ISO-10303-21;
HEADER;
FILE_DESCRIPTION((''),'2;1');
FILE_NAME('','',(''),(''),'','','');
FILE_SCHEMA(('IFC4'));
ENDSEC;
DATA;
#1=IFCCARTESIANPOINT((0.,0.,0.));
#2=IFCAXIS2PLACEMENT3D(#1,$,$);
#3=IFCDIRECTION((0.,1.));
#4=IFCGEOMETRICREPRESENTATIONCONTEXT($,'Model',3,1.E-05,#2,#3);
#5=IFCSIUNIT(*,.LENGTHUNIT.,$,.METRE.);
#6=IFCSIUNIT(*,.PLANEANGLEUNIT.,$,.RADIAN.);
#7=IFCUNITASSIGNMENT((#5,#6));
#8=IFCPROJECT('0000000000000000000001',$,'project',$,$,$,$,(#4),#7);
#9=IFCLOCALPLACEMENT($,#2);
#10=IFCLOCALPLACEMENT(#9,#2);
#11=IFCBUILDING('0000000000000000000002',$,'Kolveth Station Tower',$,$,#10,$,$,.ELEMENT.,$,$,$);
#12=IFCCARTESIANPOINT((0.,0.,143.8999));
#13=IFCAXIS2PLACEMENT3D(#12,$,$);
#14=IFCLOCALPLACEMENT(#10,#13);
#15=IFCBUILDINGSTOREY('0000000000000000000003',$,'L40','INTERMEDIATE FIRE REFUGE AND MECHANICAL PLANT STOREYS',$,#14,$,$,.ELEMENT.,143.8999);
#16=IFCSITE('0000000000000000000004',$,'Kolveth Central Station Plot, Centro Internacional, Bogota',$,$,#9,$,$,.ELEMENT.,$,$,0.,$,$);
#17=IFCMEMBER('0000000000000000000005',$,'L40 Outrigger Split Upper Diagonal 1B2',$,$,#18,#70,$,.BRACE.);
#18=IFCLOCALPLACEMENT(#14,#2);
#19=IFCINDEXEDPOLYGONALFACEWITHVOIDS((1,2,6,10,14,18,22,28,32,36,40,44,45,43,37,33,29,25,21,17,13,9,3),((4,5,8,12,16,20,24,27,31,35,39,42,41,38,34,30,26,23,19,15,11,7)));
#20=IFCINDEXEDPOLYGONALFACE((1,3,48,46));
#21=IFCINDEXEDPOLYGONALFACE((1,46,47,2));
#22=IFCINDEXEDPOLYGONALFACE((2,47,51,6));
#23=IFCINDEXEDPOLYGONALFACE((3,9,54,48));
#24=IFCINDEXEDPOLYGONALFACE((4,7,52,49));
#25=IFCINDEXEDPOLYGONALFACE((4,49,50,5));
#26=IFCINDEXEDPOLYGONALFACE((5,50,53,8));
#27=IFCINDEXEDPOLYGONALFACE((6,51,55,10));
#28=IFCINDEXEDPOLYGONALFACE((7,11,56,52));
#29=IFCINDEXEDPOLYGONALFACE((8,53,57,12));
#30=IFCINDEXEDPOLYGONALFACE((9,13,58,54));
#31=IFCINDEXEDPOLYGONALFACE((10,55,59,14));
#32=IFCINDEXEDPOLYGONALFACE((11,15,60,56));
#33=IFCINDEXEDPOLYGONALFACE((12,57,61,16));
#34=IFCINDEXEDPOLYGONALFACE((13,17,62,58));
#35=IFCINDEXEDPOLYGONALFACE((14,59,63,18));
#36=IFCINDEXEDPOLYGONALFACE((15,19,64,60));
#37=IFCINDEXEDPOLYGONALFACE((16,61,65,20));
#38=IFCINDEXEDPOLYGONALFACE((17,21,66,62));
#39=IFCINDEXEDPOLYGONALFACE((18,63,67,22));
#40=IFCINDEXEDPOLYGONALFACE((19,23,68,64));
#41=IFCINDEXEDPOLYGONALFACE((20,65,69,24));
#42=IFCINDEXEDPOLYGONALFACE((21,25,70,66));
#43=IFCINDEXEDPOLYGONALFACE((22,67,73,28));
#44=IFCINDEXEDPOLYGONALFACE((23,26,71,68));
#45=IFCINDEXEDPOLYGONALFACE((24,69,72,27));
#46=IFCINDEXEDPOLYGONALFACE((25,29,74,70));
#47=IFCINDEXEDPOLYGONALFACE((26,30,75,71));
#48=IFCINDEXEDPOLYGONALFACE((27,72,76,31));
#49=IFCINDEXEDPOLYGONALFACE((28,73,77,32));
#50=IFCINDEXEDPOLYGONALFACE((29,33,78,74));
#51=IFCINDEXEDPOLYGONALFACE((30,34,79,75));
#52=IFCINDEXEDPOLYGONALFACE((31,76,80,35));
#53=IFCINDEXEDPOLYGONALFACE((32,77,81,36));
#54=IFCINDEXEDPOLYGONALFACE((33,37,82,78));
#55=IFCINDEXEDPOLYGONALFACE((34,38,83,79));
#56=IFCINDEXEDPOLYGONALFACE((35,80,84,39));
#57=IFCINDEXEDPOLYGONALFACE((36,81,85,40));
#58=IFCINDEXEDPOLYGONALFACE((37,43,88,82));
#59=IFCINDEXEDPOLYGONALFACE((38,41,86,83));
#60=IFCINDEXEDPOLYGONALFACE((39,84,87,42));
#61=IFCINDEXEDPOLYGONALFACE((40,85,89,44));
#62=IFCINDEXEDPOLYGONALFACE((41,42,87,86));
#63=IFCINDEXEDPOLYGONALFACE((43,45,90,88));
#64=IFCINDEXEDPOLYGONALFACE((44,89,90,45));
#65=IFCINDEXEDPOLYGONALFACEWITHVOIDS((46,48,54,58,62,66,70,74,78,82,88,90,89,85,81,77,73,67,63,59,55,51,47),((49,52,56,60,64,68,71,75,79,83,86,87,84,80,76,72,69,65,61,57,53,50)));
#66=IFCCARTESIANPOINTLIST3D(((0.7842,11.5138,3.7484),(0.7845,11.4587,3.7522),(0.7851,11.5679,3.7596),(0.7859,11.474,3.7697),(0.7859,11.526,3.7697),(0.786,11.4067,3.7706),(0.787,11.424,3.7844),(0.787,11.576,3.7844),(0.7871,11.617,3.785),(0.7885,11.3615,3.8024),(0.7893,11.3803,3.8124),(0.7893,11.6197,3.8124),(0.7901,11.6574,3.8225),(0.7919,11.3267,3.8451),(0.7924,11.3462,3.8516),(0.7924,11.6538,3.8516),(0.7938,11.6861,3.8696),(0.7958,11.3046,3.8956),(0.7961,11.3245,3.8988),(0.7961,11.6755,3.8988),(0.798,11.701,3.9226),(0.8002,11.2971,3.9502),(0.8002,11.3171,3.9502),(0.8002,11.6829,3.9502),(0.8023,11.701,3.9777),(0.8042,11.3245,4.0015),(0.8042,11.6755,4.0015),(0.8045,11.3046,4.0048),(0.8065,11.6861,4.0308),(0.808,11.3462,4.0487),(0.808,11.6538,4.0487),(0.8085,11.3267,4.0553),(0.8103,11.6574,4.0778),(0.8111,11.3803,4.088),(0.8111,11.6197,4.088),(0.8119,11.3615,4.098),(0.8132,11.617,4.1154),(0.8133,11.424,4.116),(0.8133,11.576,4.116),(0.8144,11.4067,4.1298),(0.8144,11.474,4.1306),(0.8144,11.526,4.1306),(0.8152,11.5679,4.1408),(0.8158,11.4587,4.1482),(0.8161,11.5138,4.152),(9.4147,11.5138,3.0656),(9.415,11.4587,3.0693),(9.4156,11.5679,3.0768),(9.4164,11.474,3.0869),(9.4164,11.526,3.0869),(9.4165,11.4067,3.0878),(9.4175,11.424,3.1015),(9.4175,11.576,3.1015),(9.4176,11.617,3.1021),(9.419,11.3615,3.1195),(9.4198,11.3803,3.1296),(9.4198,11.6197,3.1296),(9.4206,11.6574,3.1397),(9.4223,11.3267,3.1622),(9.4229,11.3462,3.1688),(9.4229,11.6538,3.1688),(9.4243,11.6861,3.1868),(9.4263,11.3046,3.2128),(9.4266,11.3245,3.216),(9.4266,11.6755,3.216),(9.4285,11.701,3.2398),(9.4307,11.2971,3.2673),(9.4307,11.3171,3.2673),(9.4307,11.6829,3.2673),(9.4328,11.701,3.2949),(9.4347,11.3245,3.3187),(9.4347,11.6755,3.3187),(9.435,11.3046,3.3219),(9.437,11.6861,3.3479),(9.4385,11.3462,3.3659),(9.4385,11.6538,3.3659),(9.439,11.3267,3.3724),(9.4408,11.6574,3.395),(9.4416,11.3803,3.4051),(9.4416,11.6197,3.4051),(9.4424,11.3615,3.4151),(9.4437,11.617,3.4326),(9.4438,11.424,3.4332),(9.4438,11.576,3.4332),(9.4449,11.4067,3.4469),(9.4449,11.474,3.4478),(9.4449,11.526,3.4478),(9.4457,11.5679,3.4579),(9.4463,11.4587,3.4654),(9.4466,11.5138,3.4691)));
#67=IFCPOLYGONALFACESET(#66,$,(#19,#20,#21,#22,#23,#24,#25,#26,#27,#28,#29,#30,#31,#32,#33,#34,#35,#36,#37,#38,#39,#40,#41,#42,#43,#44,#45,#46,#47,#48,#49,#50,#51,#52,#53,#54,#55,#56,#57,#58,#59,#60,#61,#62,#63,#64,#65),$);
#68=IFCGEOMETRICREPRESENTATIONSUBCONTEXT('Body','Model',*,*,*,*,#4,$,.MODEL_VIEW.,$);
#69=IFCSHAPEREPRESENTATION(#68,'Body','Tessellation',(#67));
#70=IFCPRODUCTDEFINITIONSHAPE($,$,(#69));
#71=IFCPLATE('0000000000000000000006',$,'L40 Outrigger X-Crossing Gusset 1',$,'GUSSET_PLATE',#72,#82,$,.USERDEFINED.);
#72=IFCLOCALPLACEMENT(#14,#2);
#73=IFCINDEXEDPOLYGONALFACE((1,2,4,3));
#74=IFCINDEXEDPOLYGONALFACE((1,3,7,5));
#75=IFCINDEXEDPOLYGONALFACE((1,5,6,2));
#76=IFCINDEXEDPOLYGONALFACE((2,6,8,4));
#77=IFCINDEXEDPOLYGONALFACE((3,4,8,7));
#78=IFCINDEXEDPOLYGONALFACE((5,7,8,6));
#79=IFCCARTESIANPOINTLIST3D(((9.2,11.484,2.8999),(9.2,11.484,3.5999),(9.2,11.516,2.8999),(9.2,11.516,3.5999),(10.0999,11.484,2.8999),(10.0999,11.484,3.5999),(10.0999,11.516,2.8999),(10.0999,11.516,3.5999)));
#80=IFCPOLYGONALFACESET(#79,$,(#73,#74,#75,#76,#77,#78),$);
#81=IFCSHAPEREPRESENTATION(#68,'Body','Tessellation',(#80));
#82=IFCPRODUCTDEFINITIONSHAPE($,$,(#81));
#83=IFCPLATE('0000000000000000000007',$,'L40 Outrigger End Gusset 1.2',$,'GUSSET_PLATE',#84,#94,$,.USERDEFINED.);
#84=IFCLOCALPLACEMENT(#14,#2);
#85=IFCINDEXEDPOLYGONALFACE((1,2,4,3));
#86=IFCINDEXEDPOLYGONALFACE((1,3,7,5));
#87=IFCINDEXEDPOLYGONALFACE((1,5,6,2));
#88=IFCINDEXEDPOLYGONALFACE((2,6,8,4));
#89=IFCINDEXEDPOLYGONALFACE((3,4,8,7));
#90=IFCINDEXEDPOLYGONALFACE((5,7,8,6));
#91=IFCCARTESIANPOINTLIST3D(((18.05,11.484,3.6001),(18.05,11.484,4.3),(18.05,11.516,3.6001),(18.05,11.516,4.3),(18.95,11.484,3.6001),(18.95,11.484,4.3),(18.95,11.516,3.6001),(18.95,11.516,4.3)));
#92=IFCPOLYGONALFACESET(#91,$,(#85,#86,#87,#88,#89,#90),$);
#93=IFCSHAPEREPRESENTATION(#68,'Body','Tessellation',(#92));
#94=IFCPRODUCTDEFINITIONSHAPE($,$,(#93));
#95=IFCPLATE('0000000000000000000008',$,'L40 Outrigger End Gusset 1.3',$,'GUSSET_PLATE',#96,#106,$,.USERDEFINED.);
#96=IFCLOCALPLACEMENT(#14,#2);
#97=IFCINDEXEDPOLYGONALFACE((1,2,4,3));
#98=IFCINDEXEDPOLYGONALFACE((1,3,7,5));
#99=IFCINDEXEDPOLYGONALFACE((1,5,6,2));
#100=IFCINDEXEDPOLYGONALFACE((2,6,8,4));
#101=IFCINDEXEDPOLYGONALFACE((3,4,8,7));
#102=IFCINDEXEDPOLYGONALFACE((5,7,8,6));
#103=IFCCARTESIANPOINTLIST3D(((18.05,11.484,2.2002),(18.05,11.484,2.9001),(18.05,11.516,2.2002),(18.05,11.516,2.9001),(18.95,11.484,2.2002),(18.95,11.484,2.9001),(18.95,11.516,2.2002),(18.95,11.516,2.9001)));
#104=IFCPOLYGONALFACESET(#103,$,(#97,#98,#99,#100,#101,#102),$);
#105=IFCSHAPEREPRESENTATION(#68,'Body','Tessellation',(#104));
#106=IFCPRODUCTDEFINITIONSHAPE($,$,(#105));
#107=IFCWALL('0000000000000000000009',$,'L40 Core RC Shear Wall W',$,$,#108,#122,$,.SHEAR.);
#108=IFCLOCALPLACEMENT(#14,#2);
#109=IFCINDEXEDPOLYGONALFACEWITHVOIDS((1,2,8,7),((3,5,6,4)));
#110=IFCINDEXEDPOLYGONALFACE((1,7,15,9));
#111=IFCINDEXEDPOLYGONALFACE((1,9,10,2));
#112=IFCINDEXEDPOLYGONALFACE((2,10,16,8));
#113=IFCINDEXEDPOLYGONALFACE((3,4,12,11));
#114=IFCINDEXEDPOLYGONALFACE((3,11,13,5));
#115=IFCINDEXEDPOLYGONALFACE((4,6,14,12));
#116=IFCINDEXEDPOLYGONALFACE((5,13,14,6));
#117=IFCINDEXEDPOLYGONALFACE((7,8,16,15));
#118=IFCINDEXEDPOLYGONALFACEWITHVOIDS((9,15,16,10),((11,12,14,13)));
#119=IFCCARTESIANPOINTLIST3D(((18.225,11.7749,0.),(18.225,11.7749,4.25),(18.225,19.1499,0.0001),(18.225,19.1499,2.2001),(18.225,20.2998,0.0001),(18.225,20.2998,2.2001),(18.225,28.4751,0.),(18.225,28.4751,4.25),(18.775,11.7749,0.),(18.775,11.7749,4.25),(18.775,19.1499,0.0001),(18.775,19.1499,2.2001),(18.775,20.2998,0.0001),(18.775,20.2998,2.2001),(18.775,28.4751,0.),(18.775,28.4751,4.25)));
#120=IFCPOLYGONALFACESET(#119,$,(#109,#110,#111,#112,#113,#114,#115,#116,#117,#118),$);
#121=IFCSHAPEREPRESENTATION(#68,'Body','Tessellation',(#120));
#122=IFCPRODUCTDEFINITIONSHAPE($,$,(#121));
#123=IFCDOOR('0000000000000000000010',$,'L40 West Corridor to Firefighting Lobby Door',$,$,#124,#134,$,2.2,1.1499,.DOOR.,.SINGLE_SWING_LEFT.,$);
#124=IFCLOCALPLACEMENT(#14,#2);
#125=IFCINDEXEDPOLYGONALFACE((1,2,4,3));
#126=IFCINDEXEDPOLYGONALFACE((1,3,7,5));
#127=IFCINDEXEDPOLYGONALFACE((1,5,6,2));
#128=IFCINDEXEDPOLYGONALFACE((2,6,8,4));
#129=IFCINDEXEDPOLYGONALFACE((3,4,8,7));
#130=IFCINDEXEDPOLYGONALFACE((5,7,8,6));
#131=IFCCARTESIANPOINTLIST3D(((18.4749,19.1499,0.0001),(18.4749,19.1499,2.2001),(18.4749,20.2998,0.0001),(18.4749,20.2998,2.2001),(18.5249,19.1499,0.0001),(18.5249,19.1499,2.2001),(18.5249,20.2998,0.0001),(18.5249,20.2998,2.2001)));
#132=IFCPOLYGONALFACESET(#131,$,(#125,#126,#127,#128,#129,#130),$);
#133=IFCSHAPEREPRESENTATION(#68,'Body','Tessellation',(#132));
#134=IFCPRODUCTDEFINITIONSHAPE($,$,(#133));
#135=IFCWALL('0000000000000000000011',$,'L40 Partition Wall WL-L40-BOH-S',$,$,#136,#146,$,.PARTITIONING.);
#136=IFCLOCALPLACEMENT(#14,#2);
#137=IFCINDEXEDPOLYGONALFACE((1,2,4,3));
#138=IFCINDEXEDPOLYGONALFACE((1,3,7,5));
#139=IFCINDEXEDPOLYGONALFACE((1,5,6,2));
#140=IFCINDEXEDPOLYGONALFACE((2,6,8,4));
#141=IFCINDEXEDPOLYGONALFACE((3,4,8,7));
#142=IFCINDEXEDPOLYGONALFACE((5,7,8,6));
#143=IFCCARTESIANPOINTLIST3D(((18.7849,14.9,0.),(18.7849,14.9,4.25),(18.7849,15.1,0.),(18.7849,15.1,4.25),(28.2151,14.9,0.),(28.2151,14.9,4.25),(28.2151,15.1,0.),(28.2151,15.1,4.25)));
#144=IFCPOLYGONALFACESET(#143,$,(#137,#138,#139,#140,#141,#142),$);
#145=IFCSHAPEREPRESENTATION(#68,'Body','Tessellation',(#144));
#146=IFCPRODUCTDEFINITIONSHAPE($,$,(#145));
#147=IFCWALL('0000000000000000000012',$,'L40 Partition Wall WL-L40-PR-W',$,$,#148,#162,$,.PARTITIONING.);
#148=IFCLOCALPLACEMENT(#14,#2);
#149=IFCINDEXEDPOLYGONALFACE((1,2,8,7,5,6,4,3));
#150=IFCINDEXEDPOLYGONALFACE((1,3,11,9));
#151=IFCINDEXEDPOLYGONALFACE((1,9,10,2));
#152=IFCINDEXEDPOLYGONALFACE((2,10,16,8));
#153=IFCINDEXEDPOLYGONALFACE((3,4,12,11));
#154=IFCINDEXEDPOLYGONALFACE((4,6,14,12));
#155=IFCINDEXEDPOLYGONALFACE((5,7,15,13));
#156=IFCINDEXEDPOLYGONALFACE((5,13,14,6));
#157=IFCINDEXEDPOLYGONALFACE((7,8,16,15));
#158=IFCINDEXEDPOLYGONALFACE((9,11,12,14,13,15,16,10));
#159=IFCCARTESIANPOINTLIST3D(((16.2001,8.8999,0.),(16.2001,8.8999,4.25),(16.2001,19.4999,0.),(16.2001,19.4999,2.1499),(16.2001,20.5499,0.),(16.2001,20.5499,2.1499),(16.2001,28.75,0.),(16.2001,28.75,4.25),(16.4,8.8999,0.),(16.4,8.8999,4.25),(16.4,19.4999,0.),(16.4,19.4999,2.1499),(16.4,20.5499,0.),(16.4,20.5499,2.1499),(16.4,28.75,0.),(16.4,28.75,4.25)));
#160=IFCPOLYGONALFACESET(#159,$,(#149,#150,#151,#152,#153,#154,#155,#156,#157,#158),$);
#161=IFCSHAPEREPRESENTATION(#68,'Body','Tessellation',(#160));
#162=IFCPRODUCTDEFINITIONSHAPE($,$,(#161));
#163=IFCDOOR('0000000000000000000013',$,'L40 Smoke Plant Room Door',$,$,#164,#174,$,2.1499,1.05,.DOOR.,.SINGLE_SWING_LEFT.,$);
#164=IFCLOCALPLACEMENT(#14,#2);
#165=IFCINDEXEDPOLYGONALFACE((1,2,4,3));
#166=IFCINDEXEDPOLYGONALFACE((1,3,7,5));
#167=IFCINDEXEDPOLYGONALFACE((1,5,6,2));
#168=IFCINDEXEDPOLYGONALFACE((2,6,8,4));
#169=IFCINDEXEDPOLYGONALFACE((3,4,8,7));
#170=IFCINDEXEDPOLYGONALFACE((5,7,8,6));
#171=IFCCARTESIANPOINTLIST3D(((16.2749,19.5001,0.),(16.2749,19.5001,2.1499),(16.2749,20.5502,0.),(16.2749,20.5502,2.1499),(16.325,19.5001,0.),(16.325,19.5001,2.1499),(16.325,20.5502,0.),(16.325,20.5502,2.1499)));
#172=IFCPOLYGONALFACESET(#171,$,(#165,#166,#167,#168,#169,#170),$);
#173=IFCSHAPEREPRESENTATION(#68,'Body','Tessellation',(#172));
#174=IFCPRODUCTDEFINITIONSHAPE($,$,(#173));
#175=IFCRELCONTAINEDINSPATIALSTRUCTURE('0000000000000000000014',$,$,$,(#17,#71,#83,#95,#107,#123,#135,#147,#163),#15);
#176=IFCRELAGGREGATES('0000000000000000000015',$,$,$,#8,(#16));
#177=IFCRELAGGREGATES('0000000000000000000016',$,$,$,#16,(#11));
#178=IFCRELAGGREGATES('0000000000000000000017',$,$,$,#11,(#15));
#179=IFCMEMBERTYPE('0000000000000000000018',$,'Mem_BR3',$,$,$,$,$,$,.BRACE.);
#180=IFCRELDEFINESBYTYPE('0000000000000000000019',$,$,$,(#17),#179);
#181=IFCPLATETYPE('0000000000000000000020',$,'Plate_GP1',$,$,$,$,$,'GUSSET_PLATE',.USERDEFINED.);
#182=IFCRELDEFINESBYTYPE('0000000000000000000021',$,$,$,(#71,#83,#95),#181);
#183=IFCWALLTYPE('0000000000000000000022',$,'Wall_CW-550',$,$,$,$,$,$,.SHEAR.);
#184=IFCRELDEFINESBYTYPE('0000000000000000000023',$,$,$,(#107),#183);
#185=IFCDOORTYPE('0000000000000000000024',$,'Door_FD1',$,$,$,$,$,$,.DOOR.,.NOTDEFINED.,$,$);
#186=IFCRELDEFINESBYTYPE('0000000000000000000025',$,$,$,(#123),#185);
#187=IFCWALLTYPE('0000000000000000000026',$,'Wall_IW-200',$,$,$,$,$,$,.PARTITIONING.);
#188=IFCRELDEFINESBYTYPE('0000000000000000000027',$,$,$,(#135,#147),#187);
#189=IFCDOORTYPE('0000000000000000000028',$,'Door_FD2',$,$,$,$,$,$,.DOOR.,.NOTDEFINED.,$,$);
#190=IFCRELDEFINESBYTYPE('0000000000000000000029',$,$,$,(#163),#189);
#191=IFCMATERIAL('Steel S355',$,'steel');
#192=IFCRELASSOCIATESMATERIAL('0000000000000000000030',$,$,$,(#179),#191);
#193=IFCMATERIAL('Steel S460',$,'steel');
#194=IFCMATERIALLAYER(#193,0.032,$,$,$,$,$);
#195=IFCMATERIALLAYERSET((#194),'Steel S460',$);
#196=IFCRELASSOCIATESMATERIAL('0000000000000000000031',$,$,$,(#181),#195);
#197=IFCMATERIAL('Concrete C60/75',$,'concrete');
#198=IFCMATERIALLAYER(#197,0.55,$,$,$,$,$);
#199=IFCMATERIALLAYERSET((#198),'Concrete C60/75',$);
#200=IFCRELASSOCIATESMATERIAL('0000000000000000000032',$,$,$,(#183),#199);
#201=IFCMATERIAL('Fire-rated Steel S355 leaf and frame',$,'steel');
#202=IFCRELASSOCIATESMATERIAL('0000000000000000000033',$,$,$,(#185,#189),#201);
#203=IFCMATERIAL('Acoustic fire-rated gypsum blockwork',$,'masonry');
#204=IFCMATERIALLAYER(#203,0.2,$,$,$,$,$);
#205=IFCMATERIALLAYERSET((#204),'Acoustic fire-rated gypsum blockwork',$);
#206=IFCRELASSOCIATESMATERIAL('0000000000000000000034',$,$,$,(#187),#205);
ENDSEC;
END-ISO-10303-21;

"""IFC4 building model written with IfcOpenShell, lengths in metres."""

from ifc_helpers import new_model, si_unit, direction, frame, frame_2d, origin, origin_2d, place, context, subcontext, project, spatial, rectangle, hollow_circle, extrude, source, transform, mapped, material, layer, layer_set, material_profile, profile_set, type_object, element, fill, save


model = new_model("IFC4")

# Units and contexts
model_context = context("Model", 3, precision=1e-05, world=origin(), true_north=direction((0.0, 1.0)))
body_context = subcontext(model_context, "Body", "Model", "MODEL_VIEW")
ifc_project = project(units=[si_unit("LENGTHUNIT", "METRE"), si_unit("PLANEANGLEUNIT", "RADIAN")], contexts=[model_context])

# Site, building, storey
site_placement = place(None, origin())
site = spatial("IfcSite", under=ifc_project, at=site_placement, Name="Kolveth Central Station Plot, Centro Internacional, Bogota", CompositionType="ELEMENT", RefElevation=0.0)
building_placement = place(site_placement, origin())
building = spatial("IfcBuilding", under=site, at=building_placement, Name="Kolveth Station Tower", CompositionType="ELEMENT")
storey_placement = place(building_placement, frame((0.0, 0.0, 143.8999)))
storey = spatial("IfcBuildingStorey", under=building, at=storey_placement, Name="L40", Description="INTERMEDIATE FIRE REFUGE AND MECHANICAL PLANT STOREYS", CompositionType="ELEMENT", Elevation=143.8999)

# Shared definitions
ifc_material_1 = material(Name="Steel S460", Category="steel")
ifc_material_2 = material(Name="Steel S355", Category="steel")

# Member
ifc_material_profile_1 = material_profile(ifc_material_2, hollow_circle(Radius=0.2029, WallThickness=0.02, at=origin_2d()), Name="CHS406x20")
ifc_profile_set_1 = profile_set([ifc_material_profile_1], Name="Steel S355")
member_type = type_object("IfcMemberType", Name="Mem_BR3", PredefinedType="BRACE", material=ifc_profile_set_1)
shared_shape_1 = source(origin(), body_context, "Body", "SweptSolid", [
    extrude(hollow_circle(Radius=0.2029, WallThickness=0.02, at=origin_2d()), origin(), (0.0, 0.0, 1.0), 8.6575),
])
for number, where, z_axis, x_axis, name in (
    (1, (9.4307, 11.5, 3.2673), (-0.996885, 0.0, 0.078874), (0.0, -1.0, 0.0), "L40 Outrigger Split Upper Diagonal 1B2"),
):
    element("IfcMember", number, at=place(storey_placement, frame(where, z_axis=z_axis, x_axis=x_axis)), inside=storey, type_object=member_type, Name=name, PredefinedType="BRACE", context=body_context, shape_type="MappedRepresentation", body=[
        mapped(shared_shape_1, transform((0.0, 0.0, 0.0), x_axis=(1.0, 0.0, 0.0), y_axis=(0.0, 1.0, 0.0), z_axis=(0.0, 0.0, 1.0), scale=1.0)),
    ])

# Plates
ifc_layer_1 = layer(ifc_material_1, 0.032)
ifc_layer_set_1 = layer_set([ifc_layer_1], Name="Steel S460")
plate_type = type_object("IfcPlateType", Name="Plate_GP1", ElementType="GUSSET_PLATE", PredefinedType="USERDEFINED", material=ifc_layer_set_1)
shared_shape_2 = source(origin(), body_context, "Body", "SweptSolid", [
    extrude(rectangle(XDim=0.8999, YDim=0.032, at=origin_2d()), origin(), (0.0, 0.0, 1.0), 0.7),
])
for number, where, z_axis, x_axis, name in (
    (2, (9.6499, 11.5, 2.8999), (0.0, 0.0, 1.0), (1.0, 0.0, 0.0), "L40 Outrigger X-Crossing Gusset 1"),
    (3, (18.5, 11.5, 3.6001), (0.0, 0.0, 1.0), (1.0, 0.0, 0.0), "L40 Outrigger End Gusset 1.2"),
    (4, (18.5, 11.5, 2.2002), (0.0, 0.0, 1.0), (1.0, 0.0, 0.0), "L40 Outrigger End Gusset 1.3"),
):
    element("IfcPlate", number, at=place(storey_placement, frame(where, z_axis=z_axis, x_axis=x_axis)), inside=storey, type_object=plate_type, Name=name, ObjectType="GUSSET_PLATE", PredefinedType="USERDEFINED", context=body_context, shape_type="MappedRepresentation", body=[
        mapped(shared_shape_2, transform((0.0, 0.0, 0.0), x_axis=(1.0, 0.0, 0.0), y_axis=(0.0, 1.0, 0.0), z_axis=(0.0, 0.0, 1.0), scale=1.0)),
    ])

# Shared definitions
ifc_material_3 = material(Name="Concrete C60/75", Category="concrete")
ifc_layer_2 = layer(ifc_material_3, 0.55)
ifc_layer_set_2 = layer_set([ifc_layer_2], Name="Concrete C60/75")
wall_type_1 = type_object("IfcWallType", Name="Wall_CW-550", PredefinedType="SHEAR", material=ifc_layer_set_2)

# Wall, opening, door
wall_1_placement = place(storey_placement, frame((18.5, 11.7749, 0.0), z_axis=(0.0, 0.0, 1.0), x_axis=(0.0, 1.0, 0.0)))
wall_1 = element("IfcWall", 5, at=wall_1_placement, inside=storey, type_object=wall_type_1, Name="L40 Core RC Shear Wall W", PredefinedType="SHEAR", context=body_context, shape_type="SweptSolid", body=[
    extrude(rectangle(XDim=16.7002, YDim=0.55, at=frame_2d((8.3501, 0.0))), origin(), (0.0, 0.0, 1.0), 4.25),
])
opening_1_placement = place(wall_1_placement, frame((7.375, 0.0, 0.0)))
opening_1 = element("IfcOpeningElement", 6, at=opening_1_placement, cuts=wall_1, PredefinedType="OPENING", context=body_context, shape_type="SweptSolid", body=[
    extrude(rectangle(XDim=1.1499, YDim=2.2, at=frame_2d((0.575, 1.1001))), frame((0.0, 0.2849, 0.0), z_axis=(0.0, -1.0, 0.0), x_axis=(1.0, 0.0, 0.0)), (0.0, 0.0, 1.0), 0.5701),
])
ifc_material_4 = material(Name="Fire-rated Steel S355 leaf and frame", Category="steel")
door_type_1 = type_object("IfcDoorType", Name="Door_FD1", OperationType="NOTDEFINED", PredefinedType="DOOR", material=ifc_material_4)
door_1_placement = place(opening_1_placement, frame((1.1499, 0.0, 0.0), z_axis=(0.0, 0.0, 1.0), x_axis=(-1.0, 0.0, 0.0)))
door_1 = element("IfcDoor", 7, at=door_1_placement, inside=storey, type_object=door_type_1, Name="L40 West Corridor to Firefighting Lobby Door", OperationType="SINGLE_SWING_LEFT", OverallHeight=2.2, OverallWidth=1.1499, PredefinedType="DOOR", context=body_context, shape_type="SweptSolid", body=[
    extrude(rectangle(XDim=1.1499, YDim=2.2, at=frame_2d((0.575, 1.1001))), frame((0.0, 0.0249, 0.0), z_axis=(0.0, -1.0, 0.0), x_axis=(1.0, 0.0, 0.0)), (0.0, 0.0, 1.0), 0.05),
])
fill(opening_1, door_1)

# Wall
ifc_material_5 = material(Name="Acoustic fire-rated gypsum blockwork", Category="masonry")
ifc_layer_3 = layer(ifc_material_5, 0.2)
ifc_layer_set_3 = layer_set([ifc_layer_3], Name="Acoustic fire-rated gypsum blockwork")
wall_type_2 = type_object("IfcWallType", Name="Wall_IW-200", PredefinedType="PARTITIONING", material=ifc_layer_set_3)
wall_2_placement = place(storey_placement, frame((18.7849, 15.0, 0.0), z_axis=(0.0, 0.0, 1.0), x_axis=(1.0, 0.0, 0.0)))
element("IfcWall", 8, at=wall_2_placement, inside=storey, type_object=wall_type_2, Name="L40 Partition Wall WL-L40-BOH-S", PredefinedType="PARTITIONING", context=body_context, shape_type="SweptSolid", body=[
    extrude(rectangle(XDim=9.4302, YDim=0.2, at=frame_2d((4.7151, 0.0))), origin(), (0.0, 0.0, 1.0), 4.25),
])

# Wall, opening, door
wall_3_placement = place(storey_placement, frame((16.3, 8.8999, 0.0), z_axis=(0.0, 0.0, 1.0), x_axis=(0.0, 1.0, 0.0)))
wall_3 = element("IfcWall", 9, at=wall_3_placement, inside=storey, type_object=wall_type_2, Name="L40 Partition Wall WL-L40-PR-W", PredefinedType="PARTITIONING", context=body_context, shape_type="SweptSolid", body=[
    extrude(rectangle(XDim=19.8501, YDim=0.2, at=frame_2d((9.925, 0.0))), origin(), (0.0, 0.0, 1.0), 4.25),
])
opening_2_placement = place(wall_3_placement, frame((10.6001, 0.0, 0.0)))
opening_2 = element("IfcOpeningElement", 10, at=opening_2_placement, cuts=wall_3, PredefinedType="OPENING", context=body_context, shape_type="SweptSolid", body=[
    extrude(rectangle(XDim=1.05, YDim=2.1499, at=frame_2d((0.5249, 1.075))), frame((0.0, 0.1099, 0.0), z_axis=(0.0, -1.0, 0.0), x_axis=(1.0, 0.0, 0.0)), (0.0, 0.0, 1.0), 0.22),
])
door_type_2 = type_object("IfcDoorType", Name="Door_FD2", OperationType="NOTDEFINED", PredefinedType="DOOR", material=ifc_material_4)
door_2_placement = place(opening_2_placement, frame((1.05, 0.0, 0.0), z_axis=(0.0, 0.0, 1.0), x_axis=(-1.0, 0.0, 0.0)))
door_2 = element("IfcDoor", 11, at=door_2_placement, inside=storey, type_object=door_type_2, Name="L40 Smoke Plant Room Door", OperationType="SINGLE_SWING_LEFT", OverallHeight=2.1499, OverallWidth=1.05, PredefinedType="DOOR", context=body_context, shape_type="SweptSolid", body=[
    extrude(rectangle(XDim=1.05, YDim=2.1499, at=frame_2d((0.5249, 1.075))), frame((0.0, 0.0249, 0.0), z_axis=(0.0, -1.0, 0.0), x_axis=(1.0, 0.0, 0.0)), (0.0, 0.0, 1.0), 0.05),
])
fill(opening_2, door_2)

save(model, "model.ifc")
